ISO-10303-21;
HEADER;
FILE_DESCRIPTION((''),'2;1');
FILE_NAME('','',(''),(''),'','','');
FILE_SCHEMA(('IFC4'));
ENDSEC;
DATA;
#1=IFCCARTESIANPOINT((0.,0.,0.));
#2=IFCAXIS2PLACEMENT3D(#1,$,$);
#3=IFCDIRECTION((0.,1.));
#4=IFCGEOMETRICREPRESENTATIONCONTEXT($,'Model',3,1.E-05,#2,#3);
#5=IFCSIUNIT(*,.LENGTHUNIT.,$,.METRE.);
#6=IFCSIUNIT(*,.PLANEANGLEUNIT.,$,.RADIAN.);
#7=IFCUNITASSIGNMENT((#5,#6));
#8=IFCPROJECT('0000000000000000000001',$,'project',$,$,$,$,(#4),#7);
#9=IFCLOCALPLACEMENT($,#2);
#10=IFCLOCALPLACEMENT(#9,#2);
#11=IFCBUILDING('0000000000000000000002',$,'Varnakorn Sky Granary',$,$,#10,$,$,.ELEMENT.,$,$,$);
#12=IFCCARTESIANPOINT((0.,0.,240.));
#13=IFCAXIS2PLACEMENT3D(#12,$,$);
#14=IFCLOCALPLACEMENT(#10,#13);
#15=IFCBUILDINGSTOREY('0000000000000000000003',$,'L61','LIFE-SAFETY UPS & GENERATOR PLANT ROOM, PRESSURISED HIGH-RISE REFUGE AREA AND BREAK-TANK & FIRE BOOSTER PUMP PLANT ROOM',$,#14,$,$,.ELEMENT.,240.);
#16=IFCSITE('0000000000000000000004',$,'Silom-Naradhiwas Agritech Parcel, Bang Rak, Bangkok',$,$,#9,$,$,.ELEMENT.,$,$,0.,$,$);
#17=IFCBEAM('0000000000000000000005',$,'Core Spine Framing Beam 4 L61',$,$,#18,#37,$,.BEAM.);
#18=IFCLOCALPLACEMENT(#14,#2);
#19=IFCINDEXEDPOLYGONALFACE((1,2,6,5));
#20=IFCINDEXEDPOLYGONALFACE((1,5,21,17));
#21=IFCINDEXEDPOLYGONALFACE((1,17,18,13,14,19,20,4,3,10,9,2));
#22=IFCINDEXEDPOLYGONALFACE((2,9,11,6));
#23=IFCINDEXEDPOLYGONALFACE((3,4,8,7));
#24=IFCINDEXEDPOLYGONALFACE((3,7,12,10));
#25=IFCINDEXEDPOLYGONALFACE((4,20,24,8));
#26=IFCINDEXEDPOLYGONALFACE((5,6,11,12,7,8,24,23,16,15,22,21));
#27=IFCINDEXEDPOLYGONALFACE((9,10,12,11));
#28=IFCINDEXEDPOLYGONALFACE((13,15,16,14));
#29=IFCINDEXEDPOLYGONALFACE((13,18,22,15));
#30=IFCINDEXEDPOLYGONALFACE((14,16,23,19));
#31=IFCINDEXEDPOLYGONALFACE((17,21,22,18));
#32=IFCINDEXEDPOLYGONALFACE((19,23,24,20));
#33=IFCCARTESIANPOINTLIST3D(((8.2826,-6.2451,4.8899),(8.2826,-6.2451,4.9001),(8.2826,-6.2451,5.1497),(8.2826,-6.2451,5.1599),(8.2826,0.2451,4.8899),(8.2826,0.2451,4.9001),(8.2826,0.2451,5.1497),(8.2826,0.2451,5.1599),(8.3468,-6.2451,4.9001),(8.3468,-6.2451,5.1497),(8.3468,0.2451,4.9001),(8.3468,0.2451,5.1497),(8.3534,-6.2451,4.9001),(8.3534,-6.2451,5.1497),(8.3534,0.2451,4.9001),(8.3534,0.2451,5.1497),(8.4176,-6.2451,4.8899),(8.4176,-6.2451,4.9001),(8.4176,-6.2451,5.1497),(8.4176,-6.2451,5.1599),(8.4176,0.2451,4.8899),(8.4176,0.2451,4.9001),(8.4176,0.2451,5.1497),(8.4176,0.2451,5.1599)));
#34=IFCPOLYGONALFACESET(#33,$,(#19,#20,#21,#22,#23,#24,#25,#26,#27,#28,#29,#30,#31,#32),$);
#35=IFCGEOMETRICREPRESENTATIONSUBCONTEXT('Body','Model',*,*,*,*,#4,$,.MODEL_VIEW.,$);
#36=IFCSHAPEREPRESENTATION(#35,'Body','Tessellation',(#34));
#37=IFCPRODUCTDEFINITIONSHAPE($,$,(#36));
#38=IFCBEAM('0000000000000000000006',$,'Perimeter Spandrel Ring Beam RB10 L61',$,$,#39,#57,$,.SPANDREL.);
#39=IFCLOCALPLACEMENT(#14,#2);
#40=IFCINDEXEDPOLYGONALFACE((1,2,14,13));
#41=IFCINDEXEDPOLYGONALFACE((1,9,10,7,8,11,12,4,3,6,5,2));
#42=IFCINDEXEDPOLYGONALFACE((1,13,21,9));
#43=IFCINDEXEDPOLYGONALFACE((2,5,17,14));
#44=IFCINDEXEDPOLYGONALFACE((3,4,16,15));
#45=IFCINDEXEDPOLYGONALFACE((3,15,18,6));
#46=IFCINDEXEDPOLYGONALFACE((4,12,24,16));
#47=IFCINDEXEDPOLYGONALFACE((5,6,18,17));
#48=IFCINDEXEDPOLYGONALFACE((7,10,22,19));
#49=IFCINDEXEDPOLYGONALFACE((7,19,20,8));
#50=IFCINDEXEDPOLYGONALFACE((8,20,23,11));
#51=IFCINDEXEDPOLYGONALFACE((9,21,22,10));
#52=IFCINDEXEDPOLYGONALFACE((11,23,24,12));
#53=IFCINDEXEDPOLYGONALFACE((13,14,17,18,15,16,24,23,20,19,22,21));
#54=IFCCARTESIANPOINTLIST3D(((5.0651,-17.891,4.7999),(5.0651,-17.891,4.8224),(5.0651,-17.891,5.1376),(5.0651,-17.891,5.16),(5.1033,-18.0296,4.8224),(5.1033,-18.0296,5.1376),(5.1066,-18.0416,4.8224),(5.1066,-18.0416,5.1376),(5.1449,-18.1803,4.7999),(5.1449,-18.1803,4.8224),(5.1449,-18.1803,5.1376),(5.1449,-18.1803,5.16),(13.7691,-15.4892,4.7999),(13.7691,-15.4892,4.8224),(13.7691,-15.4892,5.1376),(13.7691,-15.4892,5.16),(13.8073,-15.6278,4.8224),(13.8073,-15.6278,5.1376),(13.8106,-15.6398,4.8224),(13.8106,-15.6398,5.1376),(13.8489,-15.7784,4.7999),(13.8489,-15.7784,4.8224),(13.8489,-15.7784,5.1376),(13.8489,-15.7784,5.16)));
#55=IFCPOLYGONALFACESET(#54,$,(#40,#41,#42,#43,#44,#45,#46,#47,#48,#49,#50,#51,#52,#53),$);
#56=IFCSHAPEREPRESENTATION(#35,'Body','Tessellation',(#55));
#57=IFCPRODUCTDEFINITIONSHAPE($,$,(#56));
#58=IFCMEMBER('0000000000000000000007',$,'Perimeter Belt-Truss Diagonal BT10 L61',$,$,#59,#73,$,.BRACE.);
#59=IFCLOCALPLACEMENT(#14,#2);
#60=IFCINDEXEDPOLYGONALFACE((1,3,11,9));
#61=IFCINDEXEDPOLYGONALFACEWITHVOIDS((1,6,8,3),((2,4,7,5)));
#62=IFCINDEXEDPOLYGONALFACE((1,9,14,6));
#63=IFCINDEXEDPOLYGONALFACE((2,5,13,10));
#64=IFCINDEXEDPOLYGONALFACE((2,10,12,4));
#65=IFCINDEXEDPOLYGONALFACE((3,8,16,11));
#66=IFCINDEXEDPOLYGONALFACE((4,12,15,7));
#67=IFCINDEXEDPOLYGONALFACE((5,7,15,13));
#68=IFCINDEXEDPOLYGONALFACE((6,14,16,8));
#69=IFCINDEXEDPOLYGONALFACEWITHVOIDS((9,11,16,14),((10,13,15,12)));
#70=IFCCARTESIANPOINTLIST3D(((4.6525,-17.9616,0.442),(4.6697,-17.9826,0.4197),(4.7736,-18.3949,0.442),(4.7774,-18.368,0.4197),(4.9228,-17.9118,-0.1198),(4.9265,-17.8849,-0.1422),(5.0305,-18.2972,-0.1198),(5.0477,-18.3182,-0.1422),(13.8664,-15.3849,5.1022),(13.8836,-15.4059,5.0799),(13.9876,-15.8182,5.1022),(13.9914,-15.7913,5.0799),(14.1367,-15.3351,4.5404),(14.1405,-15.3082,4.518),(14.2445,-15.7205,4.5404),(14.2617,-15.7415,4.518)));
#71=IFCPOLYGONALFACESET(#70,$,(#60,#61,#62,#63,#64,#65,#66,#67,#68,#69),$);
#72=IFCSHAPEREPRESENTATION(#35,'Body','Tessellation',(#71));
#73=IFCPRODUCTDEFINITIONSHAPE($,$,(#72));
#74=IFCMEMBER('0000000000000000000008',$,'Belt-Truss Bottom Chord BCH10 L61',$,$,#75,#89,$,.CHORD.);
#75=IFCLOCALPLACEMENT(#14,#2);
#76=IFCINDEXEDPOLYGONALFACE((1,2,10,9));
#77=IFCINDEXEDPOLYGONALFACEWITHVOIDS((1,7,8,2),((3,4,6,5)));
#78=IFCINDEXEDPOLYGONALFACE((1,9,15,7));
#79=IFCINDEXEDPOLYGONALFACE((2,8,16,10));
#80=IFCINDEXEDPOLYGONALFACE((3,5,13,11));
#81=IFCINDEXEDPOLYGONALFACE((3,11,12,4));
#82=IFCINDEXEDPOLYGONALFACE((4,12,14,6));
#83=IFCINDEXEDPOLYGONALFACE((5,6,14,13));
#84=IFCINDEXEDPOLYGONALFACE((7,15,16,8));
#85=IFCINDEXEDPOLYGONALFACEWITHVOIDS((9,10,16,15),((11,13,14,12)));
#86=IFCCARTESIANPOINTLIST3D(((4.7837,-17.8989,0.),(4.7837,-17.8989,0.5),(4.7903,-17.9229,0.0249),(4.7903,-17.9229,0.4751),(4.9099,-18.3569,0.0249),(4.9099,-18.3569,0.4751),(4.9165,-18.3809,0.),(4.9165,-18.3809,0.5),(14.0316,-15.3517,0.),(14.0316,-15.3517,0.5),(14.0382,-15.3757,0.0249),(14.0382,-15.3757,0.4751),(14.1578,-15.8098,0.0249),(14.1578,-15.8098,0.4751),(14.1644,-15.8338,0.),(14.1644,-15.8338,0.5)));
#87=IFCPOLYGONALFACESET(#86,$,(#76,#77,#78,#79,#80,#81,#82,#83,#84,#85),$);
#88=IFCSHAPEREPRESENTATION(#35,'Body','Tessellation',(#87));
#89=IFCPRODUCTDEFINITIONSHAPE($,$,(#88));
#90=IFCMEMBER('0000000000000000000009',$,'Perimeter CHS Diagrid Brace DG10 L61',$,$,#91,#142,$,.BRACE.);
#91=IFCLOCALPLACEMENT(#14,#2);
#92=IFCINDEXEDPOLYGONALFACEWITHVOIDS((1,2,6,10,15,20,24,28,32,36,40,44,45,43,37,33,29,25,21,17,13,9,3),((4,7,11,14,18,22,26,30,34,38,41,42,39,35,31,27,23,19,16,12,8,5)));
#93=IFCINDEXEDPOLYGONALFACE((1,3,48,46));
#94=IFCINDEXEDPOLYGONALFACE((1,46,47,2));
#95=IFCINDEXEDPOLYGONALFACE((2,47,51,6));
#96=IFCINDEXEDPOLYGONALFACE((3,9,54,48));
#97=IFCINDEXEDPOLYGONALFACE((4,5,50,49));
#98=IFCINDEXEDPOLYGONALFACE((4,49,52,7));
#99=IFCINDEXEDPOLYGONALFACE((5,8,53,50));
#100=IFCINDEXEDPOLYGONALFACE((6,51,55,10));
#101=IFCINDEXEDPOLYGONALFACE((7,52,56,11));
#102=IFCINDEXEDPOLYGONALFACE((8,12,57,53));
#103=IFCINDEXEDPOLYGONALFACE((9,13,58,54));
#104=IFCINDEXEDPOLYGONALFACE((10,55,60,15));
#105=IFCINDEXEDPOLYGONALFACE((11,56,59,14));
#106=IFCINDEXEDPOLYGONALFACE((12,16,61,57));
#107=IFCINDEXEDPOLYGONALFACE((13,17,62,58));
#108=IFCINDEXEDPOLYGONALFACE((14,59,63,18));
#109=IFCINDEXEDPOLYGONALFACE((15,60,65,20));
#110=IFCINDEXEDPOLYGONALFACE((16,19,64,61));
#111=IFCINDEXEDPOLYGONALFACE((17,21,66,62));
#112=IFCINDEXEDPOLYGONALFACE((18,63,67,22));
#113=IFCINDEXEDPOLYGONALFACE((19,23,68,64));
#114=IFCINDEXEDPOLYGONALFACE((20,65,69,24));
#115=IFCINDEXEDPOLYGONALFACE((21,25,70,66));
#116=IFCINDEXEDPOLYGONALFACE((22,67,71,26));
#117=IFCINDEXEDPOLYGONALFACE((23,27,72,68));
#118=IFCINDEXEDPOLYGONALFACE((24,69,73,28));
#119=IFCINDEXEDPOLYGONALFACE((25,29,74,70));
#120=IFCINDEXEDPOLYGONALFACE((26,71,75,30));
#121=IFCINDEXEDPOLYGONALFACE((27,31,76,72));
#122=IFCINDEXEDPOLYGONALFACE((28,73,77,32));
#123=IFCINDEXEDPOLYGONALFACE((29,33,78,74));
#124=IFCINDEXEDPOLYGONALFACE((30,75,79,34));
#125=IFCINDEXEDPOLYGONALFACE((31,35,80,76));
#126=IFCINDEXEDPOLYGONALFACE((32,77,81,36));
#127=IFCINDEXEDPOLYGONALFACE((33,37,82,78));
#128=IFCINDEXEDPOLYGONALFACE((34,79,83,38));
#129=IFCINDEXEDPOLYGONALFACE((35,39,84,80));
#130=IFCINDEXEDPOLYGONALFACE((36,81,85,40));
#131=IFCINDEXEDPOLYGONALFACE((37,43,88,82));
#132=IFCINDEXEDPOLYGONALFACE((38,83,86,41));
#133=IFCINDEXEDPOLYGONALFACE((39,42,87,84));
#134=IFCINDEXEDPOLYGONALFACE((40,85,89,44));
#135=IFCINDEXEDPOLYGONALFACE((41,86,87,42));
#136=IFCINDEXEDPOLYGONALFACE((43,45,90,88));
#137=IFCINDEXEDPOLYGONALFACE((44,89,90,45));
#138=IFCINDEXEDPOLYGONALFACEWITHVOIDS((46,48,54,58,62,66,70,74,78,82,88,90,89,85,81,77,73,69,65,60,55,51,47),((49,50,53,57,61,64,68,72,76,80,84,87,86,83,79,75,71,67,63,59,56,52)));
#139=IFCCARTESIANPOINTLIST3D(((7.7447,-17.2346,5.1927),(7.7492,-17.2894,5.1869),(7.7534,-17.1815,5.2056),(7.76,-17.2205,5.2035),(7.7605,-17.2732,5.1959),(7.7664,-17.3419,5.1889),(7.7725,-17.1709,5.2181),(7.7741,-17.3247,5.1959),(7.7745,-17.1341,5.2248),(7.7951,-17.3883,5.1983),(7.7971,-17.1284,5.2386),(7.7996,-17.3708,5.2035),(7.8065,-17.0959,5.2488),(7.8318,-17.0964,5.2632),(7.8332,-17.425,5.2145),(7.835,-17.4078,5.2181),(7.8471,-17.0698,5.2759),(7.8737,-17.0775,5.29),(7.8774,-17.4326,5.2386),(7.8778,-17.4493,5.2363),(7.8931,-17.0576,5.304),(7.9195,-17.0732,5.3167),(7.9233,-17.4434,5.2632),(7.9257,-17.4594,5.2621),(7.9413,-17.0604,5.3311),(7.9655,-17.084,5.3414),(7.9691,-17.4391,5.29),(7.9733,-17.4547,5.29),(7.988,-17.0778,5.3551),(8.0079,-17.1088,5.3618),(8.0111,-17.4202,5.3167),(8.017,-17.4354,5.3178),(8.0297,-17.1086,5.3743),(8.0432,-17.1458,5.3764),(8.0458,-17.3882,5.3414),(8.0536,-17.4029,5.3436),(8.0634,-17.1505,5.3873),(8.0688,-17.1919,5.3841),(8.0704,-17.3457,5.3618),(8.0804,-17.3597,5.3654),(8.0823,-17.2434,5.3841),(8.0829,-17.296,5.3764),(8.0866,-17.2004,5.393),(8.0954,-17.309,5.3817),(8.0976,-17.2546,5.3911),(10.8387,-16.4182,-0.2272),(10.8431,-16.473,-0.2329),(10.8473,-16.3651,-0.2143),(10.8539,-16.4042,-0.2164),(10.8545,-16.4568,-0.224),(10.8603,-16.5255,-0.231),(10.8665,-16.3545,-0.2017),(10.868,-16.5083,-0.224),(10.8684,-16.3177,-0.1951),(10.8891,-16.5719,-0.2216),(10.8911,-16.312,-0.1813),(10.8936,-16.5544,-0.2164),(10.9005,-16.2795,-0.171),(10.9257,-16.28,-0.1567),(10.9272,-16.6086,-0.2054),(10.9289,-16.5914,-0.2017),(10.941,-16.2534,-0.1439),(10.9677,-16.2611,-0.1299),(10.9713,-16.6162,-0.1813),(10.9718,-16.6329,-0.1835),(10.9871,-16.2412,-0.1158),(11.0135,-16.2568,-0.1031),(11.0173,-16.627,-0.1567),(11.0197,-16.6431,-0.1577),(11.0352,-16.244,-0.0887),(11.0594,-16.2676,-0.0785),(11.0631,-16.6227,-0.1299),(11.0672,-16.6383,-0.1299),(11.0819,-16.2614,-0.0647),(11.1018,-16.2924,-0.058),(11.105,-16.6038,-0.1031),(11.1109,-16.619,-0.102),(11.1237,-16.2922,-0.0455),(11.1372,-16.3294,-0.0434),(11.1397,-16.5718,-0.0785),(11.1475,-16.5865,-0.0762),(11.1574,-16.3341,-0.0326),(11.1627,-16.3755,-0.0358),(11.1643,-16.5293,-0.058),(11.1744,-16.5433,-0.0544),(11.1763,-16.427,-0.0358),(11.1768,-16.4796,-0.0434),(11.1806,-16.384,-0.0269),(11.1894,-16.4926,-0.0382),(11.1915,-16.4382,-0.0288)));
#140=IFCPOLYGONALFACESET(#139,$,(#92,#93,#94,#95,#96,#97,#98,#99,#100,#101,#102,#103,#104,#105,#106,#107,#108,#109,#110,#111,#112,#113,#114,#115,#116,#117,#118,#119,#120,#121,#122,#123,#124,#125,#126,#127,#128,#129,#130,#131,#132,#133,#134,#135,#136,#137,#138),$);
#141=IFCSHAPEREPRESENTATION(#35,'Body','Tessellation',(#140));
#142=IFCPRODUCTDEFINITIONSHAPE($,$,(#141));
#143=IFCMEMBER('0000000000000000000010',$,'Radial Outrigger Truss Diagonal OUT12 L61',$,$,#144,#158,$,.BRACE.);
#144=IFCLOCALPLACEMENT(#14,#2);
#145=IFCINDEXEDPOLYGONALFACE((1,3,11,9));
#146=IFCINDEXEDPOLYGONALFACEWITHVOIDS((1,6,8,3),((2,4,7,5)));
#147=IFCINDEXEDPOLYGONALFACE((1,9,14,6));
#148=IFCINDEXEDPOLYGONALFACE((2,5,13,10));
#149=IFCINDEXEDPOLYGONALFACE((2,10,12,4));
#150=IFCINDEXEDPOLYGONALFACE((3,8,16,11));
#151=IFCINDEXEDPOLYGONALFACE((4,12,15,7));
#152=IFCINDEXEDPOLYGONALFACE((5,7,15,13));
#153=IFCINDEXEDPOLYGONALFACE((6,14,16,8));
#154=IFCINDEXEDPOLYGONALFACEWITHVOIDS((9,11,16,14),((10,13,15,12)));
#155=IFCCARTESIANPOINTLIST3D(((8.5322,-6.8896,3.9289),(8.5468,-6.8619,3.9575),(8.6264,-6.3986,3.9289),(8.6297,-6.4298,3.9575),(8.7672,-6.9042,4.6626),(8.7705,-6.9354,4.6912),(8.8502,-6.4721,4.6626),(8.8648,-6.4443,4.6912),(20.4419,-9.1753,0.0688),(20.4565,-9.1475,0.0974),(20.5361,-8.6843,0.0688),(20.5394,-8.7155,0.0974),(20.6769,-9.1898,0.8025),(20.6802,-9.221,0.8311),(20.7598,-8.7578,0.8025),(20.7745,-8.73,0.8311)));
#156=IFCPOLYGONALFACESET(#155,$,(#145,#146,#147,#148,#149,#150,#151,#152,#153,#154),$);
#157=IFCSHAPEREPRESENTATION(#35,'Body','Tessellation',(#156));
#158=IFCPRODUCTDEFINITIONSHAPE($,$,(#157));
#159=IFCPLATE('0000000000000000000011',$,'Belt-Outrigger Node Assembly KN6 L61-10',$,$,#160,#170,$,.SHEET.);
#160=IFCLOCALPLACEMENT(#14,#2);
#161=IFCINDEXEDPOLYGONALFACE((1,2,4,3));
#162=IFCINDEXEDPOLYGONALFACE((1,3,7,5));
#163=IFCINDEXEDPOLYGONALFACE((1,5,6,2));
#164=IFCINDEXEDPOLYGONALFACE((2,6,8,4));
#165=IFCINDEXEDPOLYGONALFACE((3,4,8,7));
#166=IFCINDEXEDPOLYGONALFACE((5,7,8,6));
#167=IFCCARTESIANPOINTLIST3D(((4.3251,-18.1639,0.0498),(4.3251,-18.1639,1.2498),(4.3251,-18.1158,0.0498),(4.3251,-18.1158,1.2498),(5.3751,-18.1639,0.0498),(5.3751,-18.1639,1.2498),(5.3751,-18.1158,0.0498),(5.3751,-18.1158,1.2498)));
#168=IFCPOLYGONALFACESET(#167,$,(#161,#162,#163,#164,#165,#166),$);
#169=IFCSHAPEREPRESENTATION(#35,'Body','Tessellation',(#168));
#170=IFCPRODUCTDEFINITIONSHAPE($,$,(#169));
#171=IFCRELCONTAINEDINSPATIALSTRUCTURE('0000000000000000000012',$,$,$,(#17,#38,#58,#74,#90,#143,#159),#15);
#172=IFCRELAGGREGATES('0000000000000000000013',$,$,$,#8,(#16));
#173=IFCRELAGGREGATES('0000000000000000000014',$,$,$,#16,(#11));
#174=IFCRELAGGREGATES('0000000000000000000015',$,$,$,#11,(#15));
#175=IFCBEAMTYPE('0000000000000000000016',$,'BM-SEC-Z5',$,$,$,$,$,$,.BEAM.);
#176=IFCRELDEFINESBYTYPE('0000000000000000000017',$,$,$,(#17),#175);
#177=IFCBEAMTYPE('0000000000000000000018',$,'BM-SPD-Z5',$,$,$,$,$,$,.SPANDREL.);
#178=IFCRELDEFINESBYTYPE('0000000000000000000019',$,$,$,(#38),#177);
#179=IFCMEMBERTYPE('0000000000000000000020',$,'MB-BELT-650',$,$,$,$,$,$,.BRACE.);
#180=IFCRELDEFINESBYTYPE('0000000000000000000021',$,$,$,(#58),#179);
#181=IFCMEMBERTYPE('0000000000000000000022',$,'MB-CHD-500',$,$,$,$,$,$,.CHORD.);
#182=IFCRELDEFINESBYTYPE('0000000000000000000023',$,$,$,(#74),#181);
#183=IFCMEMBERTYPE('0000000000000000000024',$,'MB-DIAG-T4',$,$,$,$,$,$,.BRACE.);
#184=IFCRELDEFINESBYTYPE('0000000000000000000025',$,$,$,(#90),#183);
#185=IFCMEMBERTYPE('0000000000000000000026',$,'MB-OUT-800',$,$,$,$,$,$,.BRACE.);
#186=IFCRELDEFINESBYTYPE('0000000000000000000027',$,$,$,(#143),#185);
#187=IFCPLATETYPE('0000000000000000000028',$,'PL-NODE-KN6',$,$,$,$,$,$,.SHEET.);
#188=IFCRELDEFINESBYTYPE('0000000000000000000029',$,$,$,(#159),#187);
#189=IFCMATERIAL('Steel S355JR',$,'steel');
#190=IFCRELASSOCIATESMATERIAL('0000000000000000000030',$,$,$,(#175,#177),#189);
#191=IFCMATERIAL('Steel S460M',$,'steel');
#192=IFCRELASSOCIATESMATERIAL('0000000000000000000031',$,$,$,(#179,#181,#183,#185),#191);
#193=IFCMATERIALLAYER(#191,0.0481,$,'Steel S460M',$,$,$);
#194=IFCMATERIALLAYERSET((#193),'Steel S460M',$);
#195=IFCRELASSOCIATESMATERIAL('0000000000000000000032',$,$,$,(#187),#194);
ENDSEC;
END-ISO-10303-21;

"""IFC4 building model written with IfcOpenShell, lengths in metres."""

from ifc_helpers import new_model, si_unit, direction, frame, origin, origin_2d, place, context, subcontext, project, spatial, rectangle, hollow_rectangle, hollow_circle, i_section, extrude, material, layer, layer_set, material_profile, profile_set, type_object, element, save


model = new_model("IFC4")

# Units and contexts
model_context = context("Model", 3, precision=1e-05, world=origin(), true_north=direction((0.0, 1.0)))
body_context = subcontext(model_context, "Body", "Model", "MODEL_VIEW")
ifc_project = project(units=[si_unit("LENGTHUNIT", "METRE"), si_unit("PLANEANGLEUNIT", "RADIAN")], contexts=[model_context])

# Site, building, storey
site_placement = place(None, origin())
site = spatial("IfcSite", under=ifc_project, at=site_placement, Name="Silom-Naradhiwas Agritech Parcel, Bang Rak, Bangkok", CompositionType="ELEMENT", RefElevation=0.0)
building_placement = place(site_placement, origin())
building = spatial("IfcBuilding", under=site, at=building_placement, Name="Varnakorn Sky Granary", CompositionType="ELEMENT")
storey_placement = place(building_placement, frame((0.0, 0.0, 240.0)))
storey = spatial("IfcBuildingStorey", under=building, at=storey_placement, Name="L61", Description="LIFE-SAFETY UPS & GENERATOR PLANT ROOM, PRESSURISED HIGH-RISE REFUGE AREA AND BREAK-TANK & FIRE BOOSTER PUMP PLANT ROOM", CompositionType="ELEMENT", Elevation=240.0)

# Shared definitions
ifc_material_1 = material(Name="Steel S460M", Category="steel")

# Beams
ifc_material_2 = material(Name="Steel S355JR", Category="steel")
ifc_material_profile_1 = material_profile(ifc_material_2, i_section(OverallWidth=0.135, OverallDepth=0.27, WebThickness=0.0066, FlangeThickness=0.0103, at=origin_2d()), Name="IPE 270")
ifc_profile_set_1 = profile_set([ifc_material_profile_1], Name="Steel S355JR")
beam_type_1 = type_object("IfcBeamType", Name="BM-SEC-Z5", PredefinedType="BEAM", material=ifc_profile_set_1)
beam_1_placement = place(storey_placement, frame((8.3501, 0.2451, 5.0249), z_axis=(0.0, -1.0, 0.0), x_axis=(1.0, 0.0, 0.0)))
element("IfcBeam", 1, at=beam_1_placement, inside=storey, type_object=beam_type_1, Name="Core Spine Framing Beam 4 L61", PredefinedType="BEAM", context=body_context, shape_type="SweptSolid", body=[
    extrude(i_section(OverallWidth=0.135, OverallDepth=0.27, WebThickness=0.0066, FlangeThickness=0.0103, at=origin_2d()), origin(), (0.0, 0.0, 1.0), 6.4902),
])
ifc_material_profile_2 = material_profile(ifc_material_2, i_section(OverallWidth=0.3, OverallDepth=0.3601, WebThickness=0.0125, FlangeThickness=0.0225, at=origin_2d()), Name="HE 360 B")
ifc_profile_set_2 = profile_set([ifc_material_profile_2], Name="Steel S355JR")
beam_type_2 = type_object("IfcBeamType", Name="BM-SPD-Z5", PredefinedType="SPANDREL", material=ifc_profile_set_2)
beam_2_placement = place(storey_placement, frame((5.105, -18.0356, 4.98), z_axis=(0.963972, 0.266004, 0.0), x_axis=(-0.266004, 0.963972, 0.0)))
element("IfcBeam", 2, at=beam_2_placement, inside=storey, type_object=beam_type_2, Name="Perimeter Spandrel Ring Beam RB10 L61", PredefinedType="SPANDREL", context=body_context, shape_type="SweptSolid", body=[
    extrude(i_section(OverallWidth=0.3, OverallDepth=0.3601, WebThickness=0.0125, FlangeThickness=0.0225, at=origin_2d()), origin(), (0.0, 0.0, 1.0), 9.0293),
])

# Members
ifc_material_profile_3 = material_profile(ifc_material_1, hollow_rectangle(XDim=0.45, YDim=0.6499, WallThickness=0.0249, at=origin_2d()), Name="RHS 450x650x25")
ifc_profile_set_3 = profile_set([ifc_material_profile_3], Name="Steel S460M")
member_type_1 = type_object("IfcMemberType", Name="MB-BELT-650", PredefinedType="BRACE", material=ifc_profile_set_3)
member_1_placement = place(storey_placement, frame((4.8501, -18.1399, 0.1499), z_axis=(0.865804, 0.242122, 0.437903), x_axis=(-0.269318, 0.963051, 0.0)))
element("IfcMember", 3, at=member_1_placement, inside=storey, type_object=member_type_1, Name="Perimeter Belt-Truss Diagonal BT10 L61", PredefinedType="BRACE", context=body_context, shape_type="SweptSolid", body=[
    extrude(hollow_rectangle(XDim=0.45, YDim=0.6499, WallThickness=0.0249, at=origin_2d()), origin(), (0.0, 0.0, 1.0), 10.6421),
])
ifc_material_profile_4 = material_profile(ifc_material_1, hollow_rectangle(XDim=0.5, YDim=0.5, WallThickness=0.0249, at=origin_2d()), Name="SHS 500x500x25")
ifc_profile_set_4 = profile_set([ifc_material_profile_4], Name="Steel S460M")
member_type_2 = type_object("IfcMemberType", Name="MB-CHD-500", PredefinedType="CHORD", material=ifc_profile_set_4)
member_2_placement = place(storey_placement, frame((4.8501, -18.1399, 0.25), z_axis=(0.964099, 0.265542, 0.0), x_axis=(-0.265542, 0.964099, 0.0)))
element("IfcMember", 4, at=member_2_placement, inside=storey, type_object=member_type_2, Name="Belt-Truss Bottom Chord BCH10 L61", PredefinedType="CHORD", context=body_context, shape_type="SweptSolid", body=[
    extrude(hollow_rectangle(XDim=0.5, YDim=0.5, WallThickness=0.0249, at=origin_2d()), origin(), (0.0, 0.0, 1.0), 9.5923),
])
ifc_material_profile_5 = material_profile(ifc_material_1, hollow_circle(Radius=0.2031, WallThickness=0.0161, at=origin_2d()), Name="CHS 406.4x16")
ifc_profile_set_5 = profile_set([ifc_material_profile_5], Name="Steel S460M")
member_type_3 = type_object("IfcMemberType", Name="MB-DIAG-T4", PredefinedType="BRACE", material=ifc_profile_set_5)
member_3_placement = place(storey_placement, frame((11.0154, -16.4419, -0.1299), z_axis=(-0.491576, -0.129711, 0.86112), x_axis=(0.255135, -0.966905, 0.0)))
element("IfcMember", 5, at=member_3_placement, inside=storey, type_object=member_type_3, Name="Perimeter CHS Diagrid Brace DG10 L61", PredefinedType="BRACE", context=body_context, shape_type="SweptSolid", body=[
    extrude(hollow_circle(Radius=0.2031, WallThickness=0.0161, at=origin_2d()), origin(), (0.0, 0.0, 1.0), 6.2939),
])
ifc_material_profile_6 = material_profile(ifc_material_1, hollow_rectangle(XDim=0.5, YDim=0.8, WallThickness=0.03, at=origin_2d()), Name="RHS 500x800x30")
ifc_profile_set_6 = profile_set([ifc_material_profile_6], Name="Steel S460M")
member_type_4 = type_object("IfcMemberType", Name="MB-OUT-800", PredefinedType="BRACE", material=ifc_profile_set_6)
member_4_placement = place(storey_placement, frame((8.6985, -6.667, 4.3101), z_axis=(0.935814, -0.179597, -0.303312), x_axis=(0.188476, 0.982078, 0.0)))
element("IfcMember", 6, at=member_4_placement, inside=storey, type_object=member_type_4, Name="Radial Outrigger Truss Diagonal OUT12 L61", PredefinedType="BRACE", context=body_context, shape_type="SweptSolid", body=[
    extrude(hollow_rectangle(XDim=0.5, YDim=0.8, WallThickness=0.03, at=origin_2d()), origin(), (0.0, 0.0, 1.0), 12.7266),
])

# Plate
ifc_layer_1 = layer(ifc_material_1, 0.0481, Name="Steel S460M")
ifc_layer_set_1 = layer_set([ifc_layer_1], Name="Steel S460M")
plate_type_1 = type_object("IfcPlateType", Name="PL-NODE-KN6", PredefinedType="SHEET", material=ifc_layer_set_1)
plate_1_placement = place(storey_placement, frame((4.8501, -18.1399, 0.0498), z_axis=(0.0, 0.0, 1.0), x_axis=(1.0, 0.0, 0.0)))
element("IfcPlate", 7, at=plate_1_placement, inside=storey, type_object=plate_type_1, Name="Belt-Outrigger Node Assembly KN6 L61-10", PredefinedType="SHEET", context=body_context, shape_type="SweptSolid", body=[
    extrude(rectangle(XDim=1.05, YDim=0.0481, at=origin_2d()), origin(), (0.0, 0.0, 1.0), 1.2),
])

save(model, "model.ifc")
